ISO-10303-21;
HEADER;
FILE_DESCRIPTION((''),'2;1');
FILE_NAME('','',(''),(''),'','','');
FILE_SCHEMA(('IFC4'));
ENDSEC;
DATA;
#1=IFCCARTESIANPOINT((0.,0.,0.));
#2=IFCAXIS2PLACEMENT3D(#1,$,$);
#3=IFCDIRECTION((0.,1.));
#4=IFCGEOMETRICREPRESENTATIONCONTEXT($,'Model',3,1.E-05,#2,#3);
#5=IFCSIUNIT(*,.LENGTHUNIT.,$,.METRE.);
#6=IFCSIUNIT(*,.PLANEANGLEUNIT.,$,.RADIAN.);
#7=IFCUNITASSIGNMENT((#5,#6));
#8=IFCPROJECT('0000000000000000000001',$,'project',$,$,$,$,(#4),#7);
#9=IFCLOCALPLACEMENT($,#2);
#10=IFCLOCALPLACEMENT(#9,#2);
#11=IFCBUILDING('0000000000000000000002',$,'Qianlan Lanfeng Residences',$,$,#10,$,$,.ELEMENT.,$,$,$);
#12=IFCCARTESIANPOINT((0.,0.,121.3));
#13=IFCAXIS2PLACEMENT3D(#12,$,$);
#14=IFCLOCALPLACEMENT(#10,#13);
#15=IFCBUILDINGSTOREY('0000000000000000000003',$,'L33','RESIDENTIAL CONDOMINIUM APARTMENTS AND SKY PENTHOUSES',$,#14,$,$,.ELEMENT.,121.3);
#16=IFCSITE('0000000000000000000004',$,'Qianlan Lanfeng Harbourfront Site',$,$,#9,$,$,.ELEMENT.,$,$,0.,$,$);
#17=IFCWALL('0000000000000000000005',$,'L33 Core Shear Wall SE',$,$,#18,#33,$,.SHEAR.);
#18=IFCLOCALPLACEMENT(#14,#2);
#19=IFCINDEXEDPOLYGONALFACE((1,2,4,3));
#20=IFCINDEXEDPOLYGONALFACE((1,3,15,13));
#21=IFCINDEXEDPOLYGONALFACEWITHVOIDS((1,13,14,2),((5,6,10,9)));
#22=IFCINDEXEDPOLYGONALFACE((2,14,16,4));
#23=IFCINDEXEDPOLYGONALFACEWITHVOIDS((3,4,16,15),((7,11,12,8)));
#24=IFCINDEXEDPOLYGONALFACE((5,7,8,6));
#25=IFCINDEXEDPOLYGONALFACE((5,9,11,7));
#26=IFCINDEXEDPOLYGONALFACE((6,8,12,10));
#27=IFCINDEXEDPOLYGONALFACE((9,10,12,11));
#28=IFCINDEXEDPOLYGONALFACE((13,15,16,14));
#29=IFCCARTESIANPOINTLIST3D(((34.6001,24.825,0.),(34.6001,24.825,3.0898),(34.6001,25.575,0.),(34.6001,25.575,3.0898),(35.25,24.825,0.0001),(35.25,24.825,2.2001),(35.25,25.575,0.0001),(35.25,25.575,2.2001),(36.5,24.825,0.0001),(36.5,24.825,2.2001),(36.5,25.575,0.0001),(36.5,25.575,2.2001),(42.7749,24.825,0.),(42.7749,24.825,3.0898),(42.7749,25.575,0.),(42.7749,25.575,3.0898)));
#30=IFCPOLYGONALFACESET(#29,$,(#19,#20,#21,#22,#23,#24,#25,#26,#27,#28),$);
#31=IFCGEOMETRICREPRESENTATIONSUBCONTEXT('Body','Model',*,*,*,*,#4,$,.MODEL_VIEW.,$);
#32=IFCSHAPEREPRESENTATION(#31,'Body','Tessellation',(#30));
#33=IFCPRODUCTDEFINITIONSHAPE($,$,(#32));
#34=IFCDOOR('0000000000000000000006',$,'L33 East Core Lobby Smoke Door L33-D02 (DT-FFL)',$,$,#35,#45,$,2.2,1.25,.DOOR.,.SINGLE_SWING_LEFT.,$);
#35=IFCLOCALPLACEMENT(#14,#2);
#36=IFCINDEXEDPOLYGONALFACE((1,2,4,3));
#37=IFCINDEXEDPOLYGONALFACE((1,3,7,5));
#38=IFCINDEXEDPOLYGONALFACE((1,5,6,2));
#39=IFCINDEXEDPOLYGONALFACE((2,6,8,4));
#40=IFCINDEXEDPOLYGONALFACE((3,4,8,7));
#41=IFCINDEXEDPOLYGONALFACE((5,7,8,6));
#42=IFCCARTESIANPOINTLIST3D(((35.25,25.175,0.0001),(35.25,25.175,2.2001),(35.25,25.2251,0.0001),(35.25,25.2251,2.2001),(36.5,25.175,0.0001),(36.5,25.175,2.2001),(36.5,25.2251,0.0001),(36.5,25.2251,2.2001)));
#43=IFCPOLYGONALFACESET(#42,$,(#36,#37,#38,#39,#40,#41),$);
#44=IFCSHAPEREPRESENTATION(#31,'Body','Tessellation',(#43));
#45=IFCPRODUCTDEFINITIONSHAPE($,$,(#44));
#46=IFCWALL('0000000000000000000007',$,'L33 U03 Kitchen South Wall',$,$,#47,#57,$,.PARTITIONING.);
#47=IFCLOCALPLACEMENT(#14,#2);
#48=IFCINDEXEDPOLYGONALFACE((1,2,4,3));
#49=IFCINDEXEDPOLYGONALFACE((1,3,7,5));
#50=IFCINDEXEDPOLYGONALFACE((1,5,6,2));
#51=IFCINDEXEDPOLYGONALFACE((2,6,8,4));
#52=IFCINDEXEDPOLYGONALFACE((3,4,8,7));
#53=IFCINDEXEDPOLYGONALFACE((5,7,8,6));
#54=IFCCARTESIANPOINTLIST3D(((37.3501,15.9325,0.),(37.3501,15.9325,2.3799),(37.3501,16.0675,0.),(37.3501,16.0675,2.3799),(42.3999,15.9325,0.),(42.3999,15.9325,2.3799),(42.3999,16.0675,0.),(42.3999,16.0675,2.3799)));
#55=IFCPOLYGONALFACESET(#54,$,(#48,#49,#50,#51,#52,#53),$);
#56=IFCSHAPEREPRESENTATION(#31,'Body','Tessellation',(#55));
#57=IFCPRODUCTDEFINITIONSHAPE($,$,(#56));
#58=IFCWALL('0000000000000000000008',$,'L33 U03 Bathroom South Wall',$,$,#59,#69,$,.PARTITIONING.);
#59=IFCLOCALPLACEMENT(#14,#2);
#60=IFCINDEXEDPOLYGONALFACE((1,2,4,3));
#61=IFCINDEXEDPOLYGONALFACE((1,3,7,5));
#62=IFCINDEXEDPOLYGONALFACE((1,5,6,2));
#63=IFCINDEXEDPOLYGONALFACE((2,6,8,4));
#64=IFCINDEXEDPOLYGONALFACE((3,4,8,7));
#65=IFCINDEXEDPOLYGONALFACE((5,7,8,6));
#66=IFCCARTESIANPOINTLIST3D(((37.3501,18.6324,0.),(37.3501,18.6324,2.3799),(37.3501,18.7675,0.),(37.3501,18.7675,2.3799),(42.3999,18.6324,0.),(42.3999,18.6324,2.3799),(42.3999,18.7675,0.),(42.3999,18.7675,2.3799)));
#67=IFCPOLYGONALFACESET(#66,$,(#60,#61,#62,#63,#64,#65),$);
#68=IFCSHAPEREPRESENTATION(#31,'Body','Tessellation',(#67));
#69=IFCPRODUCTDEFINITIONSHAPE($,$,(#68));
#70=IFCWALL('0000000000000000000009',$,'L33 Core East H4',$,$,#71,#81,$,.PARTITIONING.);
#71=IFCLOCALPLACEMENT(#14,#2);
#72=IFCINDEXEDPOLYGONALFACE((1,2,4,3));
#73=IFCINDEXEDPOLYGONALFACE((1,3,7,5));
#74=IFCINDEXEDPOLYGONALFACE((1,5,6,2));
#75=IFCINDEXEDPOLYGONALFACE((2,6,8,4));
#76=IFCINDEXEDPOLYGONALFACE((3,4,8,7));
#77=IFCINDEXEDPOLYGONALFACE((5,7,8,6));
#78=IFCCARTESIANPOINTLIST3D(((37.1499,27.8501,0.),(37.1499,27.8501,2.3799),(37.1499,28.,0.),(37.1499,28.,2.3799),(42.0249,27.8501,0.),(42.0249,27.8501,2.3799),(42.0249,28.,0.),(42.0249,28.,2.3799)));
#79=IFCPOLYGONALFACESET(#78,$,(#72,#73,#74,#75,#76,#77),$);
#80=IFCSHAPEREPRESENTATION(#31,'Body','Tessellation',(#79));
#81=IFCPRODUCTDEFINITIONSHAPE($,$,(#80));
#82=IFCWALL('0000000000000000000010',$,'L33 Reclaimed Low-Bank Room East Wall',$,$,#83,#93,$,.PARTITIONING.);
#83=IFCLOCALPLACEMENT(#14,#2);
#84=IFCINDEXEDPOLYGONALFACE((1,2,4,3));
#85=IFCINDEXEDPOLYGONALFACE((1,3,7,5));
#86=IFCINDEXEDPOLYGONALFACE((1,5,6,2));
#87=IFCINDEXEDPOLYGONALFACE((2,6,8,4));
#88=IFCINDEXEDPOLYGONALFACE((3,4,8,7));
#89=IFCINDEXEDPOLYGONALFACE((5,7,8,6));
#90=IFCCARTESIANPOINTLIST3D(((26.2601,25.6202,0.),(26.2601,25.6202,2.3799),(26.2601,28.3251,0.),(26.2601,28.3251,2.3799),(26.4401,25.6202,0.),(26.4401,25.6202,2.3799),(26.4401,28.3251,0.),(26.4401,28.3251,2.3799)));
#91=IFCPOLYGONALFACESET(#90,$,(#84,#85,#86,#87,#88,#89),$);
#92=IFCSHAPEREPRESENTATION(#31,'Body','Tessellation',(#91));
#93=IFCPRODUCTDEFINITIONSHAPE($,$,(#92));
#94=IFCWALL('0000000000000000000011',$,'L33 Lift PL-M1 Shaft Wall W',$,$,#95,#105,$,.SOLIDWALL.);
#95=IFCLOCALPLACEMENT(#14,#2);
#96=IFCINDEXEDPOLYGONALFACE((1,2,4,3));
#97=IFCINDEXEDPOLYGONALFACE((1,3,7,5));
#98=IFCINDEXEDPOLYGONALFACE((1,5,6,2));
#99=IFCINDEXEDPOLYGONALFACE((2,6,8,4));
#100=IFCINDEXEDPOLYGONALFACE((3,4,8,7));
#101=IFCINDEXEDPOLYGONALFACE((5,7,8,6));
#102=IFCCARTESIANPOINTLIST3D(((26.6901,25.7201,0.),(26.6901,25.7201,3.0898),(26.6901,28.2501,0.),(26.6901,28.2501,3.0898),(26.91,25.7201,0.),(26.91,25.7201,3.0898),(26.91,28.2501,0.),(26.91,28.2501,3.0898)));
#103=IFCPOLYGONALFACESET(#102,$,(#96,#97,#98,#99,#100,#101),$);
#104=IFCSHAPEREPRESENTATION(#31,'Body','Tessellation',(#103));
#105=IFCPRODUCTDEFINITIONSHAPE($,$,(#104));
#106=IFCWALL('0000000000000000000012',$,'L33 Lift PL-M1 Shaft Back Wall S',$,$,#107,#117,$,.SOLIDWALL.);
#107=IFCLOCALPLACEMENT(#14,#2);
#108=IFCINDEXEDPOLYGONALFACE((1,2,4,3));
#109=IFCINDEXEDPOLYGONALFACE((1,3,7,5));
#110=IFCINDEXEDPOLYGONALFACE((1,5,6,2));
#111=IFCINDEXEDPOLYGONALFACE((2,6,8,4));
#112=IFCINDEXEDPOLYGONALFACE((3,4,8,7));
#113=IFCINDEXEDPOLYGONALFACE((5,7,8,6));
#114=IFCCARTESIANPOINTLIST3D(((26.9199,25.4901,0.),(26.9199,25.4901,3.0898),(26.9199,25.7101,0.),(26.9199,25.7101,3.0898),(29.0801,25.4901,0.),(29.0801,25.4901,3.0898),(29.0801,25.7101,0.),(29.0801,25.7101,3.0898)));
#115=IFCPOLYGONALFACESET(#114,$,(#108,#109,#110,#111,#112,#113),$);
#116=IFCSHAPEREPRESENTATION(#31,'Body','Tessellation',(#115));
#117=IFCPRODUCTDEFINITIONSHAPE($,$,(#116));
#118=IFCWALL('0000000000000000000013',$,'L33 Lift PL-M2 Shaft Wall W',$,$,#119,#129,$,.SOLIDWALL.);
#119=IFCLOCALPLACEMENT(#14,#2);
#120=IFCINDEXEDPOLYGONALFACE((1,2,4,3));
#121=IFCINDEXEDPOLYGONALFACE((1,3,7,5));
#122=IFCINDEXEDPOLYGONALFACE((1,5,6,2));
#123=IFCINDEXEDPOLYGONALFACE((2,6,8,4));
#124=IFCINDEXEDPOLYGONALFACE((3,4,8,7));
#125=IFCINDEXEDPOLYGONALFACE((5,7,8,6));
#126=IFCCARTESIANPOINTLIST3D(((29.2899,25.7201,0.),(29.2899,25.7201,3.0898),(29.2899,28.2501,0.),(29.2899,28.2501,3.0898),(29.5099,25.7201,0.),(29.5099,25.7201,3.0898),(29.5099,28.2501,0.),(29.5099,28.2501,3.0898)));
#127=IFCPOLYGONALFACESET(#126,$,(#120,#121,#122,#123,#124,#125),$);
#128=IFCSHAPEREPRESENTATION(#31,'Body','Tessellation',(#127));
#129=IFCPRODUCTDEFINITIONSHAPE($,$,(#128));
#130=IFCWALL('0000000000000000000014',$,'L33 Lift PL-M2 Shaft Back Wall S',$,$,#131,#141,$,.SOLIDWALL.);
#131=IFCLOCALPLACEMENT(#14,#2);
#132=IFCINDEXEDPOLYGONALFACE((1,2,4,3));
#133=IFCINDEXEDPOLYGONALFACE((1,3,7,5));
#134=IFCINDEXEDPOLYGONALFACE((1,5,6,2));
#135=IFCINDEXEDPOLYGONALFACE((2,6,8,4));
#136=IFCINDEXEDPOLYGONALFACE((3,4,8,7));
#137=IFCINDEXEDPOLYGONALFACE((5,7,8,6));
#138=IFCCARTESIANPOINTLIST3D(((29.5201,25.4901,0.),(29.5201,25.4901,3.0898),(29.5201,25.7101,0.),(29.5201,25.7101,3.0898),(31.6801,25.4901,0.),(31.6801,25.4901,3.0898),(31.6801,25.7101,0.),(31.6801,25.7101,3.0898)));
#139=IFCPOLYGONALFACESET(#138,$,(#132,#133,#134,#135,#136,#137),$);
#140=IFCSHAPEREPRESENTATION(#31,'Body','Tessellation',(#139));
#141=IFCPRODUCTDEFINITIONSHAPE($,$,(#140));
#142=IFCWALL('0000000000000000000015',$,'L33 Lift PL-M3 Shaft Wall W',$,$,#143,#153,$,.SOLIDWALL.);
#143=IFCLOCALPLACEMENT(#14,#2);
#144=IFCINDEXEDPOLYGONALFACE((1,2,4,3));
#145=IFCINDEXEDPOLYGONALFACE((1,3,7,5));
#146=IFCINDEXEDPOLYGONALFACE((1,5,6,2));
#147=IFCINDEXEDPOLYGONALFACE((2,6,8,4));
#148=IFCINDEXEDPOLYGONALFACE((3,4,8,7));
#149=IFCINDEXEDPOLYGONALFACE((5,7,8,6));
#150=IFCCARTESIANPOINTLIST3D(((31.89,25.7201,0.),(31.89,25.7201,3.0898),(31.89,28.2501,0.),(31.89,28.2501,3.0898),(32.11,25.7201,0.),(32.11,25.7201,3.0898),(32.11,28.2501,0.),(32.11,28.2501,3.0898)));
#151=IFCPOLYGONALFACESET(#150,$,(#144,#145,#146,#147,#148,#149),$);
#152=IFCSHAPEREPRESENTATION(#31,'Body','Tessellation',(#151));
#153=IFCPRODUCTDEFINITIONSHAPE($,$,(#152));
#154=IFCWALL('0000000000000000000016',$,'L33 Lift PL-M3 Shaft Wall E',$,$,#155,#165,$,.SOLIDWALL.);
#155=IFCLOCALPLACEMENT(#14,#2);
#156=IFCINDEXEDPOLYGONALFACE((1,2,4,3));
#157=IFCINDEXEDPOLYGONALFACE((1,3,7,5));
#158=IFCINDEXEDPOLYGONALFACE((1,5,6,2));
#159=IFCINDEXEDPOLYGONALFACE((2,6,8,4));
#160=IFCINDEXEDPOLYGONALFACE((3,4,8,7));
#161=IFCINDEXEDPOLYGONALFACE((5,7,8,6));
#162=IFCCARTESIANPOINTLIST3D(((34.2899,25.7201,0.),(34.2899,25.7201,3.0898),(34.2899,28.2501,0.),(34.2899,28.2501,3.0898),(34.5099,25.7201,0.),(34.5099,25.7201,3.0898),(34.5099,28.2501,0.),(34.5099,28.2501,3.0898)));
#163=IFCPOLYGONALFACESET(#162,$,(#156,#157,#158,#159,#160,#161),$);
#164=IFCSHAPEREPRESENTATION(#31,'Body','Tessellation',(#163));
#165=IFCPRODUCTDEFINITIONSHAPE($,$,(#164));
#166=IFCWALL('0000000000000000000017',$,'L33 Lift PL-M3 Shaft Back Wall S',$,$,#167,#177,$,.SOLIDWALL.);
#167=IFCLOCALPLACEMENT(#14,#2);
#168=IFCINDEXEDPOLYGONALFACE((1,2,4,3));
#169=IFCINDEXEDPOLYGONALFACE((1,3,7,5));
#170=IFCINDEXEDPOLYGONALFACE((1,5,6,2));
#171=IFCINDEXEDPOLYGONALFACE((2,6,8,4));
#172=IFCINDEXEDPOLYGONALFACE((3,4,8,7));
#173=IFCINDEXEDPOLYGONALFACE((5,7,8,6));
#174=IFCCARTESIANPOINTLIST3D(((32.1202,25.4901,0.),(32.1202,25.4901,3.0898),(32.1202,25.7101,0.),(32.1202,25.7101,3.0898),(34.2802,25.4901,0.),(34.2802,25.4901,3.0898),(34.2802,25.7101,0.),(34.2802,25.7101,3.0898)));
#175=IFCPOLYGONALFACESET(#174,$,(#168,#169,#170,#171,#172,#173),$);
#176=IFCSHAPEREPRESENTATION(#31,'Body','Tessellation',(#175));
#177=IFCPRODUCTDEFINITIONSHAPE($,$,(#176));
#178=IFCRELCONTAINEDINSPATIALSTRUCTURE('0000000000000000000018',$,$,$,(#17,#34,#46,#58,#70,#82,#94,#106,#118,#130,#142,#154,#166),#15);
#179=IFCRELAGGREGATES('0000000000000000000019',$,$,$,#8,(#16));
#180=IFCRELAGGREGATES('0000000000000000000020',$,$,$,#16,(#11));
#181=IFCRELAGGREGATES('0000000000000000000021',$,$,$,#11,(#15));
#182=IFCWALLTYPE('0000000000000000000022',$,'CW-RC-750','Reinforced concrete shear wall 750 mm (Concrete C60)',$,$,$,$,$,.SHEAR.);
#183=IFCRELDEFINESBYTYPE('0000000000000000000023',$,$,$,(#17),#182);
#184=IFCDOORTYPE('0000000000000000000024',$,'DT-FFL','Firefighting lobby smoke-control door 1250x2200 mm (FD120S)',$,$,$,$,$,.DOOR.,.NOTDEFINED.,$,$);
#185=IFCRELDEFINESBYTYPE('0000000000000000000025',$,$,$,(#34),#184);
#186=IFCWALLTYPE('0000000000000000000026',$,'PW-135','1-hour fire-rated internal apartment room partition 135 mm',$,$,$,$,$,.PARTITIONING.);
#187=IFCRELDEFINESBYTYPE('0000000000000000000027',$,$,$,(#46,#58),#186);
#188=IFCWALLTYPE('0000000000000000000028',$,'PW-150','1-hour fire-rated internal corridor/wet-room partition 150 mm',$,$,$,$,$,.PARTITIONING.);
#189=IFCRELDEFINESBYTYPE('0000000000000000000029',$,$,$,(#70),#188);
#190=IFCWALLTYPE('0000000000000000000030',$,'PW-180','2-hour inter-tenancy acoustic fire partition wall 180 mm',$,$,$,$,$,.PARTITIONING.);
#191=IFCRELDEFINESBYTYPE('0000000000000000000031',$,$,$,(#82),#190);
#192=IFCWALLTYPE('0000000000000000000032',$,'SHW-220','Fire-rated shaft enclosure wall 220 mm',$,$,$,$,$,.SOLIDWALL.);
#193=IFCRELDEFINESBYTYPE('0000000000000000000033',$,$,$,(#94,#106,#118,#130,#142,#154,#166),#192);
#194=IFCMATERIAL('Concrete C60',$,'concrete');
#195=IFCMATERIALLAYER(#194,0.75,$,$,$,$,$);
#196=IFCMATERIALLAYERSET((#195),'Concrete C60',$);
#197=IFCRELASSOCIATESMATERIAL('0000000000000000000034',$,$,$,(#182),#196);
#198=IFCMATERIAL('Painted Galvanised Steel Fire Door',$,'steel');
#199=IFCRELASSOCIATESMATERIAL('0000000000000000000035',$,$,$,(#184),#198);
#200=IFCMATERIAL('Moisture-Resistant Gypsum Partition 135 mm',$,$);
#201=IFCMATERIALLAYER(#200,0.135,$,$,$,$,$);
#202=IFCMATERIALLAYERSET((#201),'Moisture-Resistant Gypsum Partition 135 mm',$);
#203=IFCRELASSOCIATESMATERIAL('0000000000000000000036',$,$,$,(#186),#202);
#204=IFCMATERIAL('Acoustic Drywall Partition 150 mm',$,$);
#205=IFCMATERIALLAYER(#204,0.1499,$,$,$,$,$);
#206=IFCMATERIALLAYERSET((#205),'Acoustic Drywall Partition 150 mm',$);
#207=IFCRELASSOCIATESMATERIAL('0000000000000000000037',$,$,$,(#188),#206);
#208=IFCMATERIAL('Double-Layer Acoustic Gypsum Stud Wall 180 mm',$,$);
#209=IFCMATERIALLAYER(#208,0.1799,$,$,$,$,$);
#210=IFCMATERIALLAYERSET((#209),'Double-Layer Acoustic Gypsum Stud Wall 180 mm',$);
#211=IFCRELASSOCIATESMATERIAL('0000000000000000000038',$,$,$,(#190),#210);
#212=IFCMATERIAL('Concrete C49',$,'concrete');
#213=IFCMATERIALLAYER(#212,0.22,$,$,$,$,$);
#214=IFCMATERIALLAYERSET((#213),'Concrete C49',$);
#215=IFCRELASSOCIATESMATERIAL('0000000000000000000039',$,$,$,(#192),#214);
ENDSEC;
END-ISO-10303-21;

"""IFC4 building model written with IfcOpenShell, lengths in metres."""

from ifc_helpers import new_model, si_unit, direction, frame, frame_2d, origin, place, context, subcontext, project, spatial, rectangle, extrude, material, layer, layer_set, type_object, element, fill, save


model = new_model("IFC4")

# Units and contexts
model_context = context("Model", 3, precision=1e-05, world=origin(), true_north=direction((0.0, 1.0)))
body_context = subcontext(model_context, "Body", "Model", "MODEL_VIEW")
ifc_project = project(units=[si_unit("LENGTHUNIT", "METRE"), si_unit("PLANEANGLEUNIT", "RADIAN")], contexts=[model_context])

# Site, building, storey
site_placement = place(None, origin())
site = spatial("IfcSite", under=ifc_project, at=site_placement, Name="Qianlan Lanfeng Harbourfront Site", CompositionType="ELEMENT", RefElevation=0.0)
building_placement = place(site_placement, origin())
building = spatial("IfcBuilding", under=site, at=building_placement, Name="Qianlan Lanfeng Residences", CompositionType="ELEMENT")
storey_placement = place(building_placement, frame((0.0, 0.0, 121.3)))
storey = spatial("IfcBuildingStorey", under=building, at=storey_placement, Name="L33", Description="RESIDENTIAL CONDOMINIUM APARTMENTS AND SKY PENTHOUSES", CompositionType="ELEMENT", Elevation=121.3)

# Wall, opening, door
ifc_material_1 = material(Name="Concrete C60", Category="concrete")
ifc_layer_1 = layer(ifc_material_1, 0.75)
ifc_layer_set_1 = layer_set([ifc_layer_1], Name="Concrete C60")
wall_type_1 = type_object("IfcWallType", Name="CW-RC-750", Description="Reinforced concrete shear wall 750 mm (Concrete C60)", PredefinedType="SHEAR", material=ifc_layer_set_1)
wall_1_placement = place(storey_placement, frame((34.6001, 25.2, 0.0), z_axis=(0.0, 0.0, 1.0), x_axis=(1.0, 0.0, 0.0)))
wall_1 = element("IfcWall", 1, at=wall_1_placement, inside=storey, type_object=wall_type_1, Name="L33 Core Shear Wall SE", PredefinedType="SHEAR", context=body_context, shape_type="SweptSolid", body=[
    extrude(rectangle(XDim=8.1748, YDim=0.75, at=frame_2d((4.0874, 0.0))), origin(), (0.0, 0.0, 1.0), 3.0898),
])
opening_1_placement = place(wall_1_placement, frame((0.6499, 0.0, 0.0)))
opening_1 = element("IfcOpeningElement", 2, at=opening_1_placement, cuts=wall_1, PredefinedType="OPENING", context=body_context, shape_type="SweptSolid", body=[
    extrude(rectangle(XDim=1.25, YDim=2.2, at=frame_2d((0.625, 1.1001))), frame((0.0, 0.385, 0.0), z_axis=(0.0, -1.0, 0.0), x_axis=(1.0, 0.0, 0.0)), (0.0, 0.0, 1.0), 0.77),
])
ifc_material_2 = material(Name="Painted Galvanised Steel Fire Door", Category="steel")
door_type_1 = type_object("IfcDoorType", Name="DT-FFL", Description="Firefighting lobby smoke-control door 1250x2200 mm (FD120S)", OperationType="NOTDEFINED", PredefinedType="DOOR", material=ifc_material_2)
door_1_placement = place(opening_1_placement, frame((1.25, 0.0, 0.0), z_axis=(0.0, 0.0, 1.0), x_axis=(-1.0, 0.0, 0.0)))
door_1 = element("IfcDoor", 3, at=door_1_placement, inside=storey, type_object=door_type_1, Name="L33 East Core Lobby Smoke Door L33-D02 (DT-FFL)", OperationType="SINGLE_SWING_LEFT", OverallHeight=2.2, OverallWidth=1.25, PredefinedType="DOOR", context=body_context, shape_type="SweptSolid", body=[
    extrude(rectangle(XDim=1.25, YDim=2.2, at=frame_2d((0.625, 1.1001))), frame((0.0, 0.0249, 0.0), z_axis=(0.0, -1.0, 0.0), x_axis=(1.0, 0.0, 0.0)), (0.0, 0.0, 1.0), 0.05),
])
fill(opening_1, door_1)

# Walls
ifc_material_3 = material(Name="Moisture-Resistant Gypsum Partition 135 mm")
ifc_layer_2 = layer(ifc_material_3, 0.135)
ifc_layer_set_2 = layer_set([ifc_layer_2], Name="Moisture-Resistant Gypsum Partition 135 mm")
wall_type_2 = type_object("IfcWallType", Name="PW-135", Description="1-hour fire-rated internal apartment room partition 135 mm", PredefinedType="PARTITIONING", material=ifc_layer_set_2)
for number, where, z_axis, x_axis, name in (
    (4, (37.3501, 16.0, 0.0), (0.0, 0.0, 1.0), (1.0, 0.0, 0.0), "L33 U03 Kitchen South Wall"),
    (5, (37.3501, 18.7, 0.0), (0.0, 0.0, 1.0), (1.0, 0.0, 0.0), "L33 U03 Bathroom South Wall"),
):
    element("IfcWall", number, at=place(storey_placement, frame(where, z_axis=z_axis, x_axis=x_axis)), inside=storey, type_object=wall_type_2, Name=name, PredefinedType="PARTITIONING", context=body_context, shape_type="SweptSolid", body=[
        extrude(rectangle(XDim=5.0498, YDim=0.135, at=frame_2d((2.5249, 0.0))), origin(), (0.0, 0.0, 1.0), 2.3799),
    ])
ifc_material_4 = material(Name="Acoustic Drywall Partition 150 mm")
ifc_layer_3 = layer(ifc_material_4, 0.1499)
ifc_layer_set_3 = layer_set([ifc_layer_3], Name="Acoustic Drywall Partition 150 mm")
wall_type_3 = type_object("IfcWallType", Name="PW-150", Description="1-hour fire-rated internal corridor/wet-room partition 150 mm", PredefinedType="PARTITIONING", material=ifc_layer_set_3)
wall_2_placement = place(storey_placement, frame((37.1499, 27.925, 0.0), z_axis=(0.0, 0.0, 1.0), x_axis=(1.0, 0.0, 0.0)))
element("IfcWall", 6, at=wall_2_placement, inside=storey, type_object=wall_type_3, Name="L33 Core East H4", PredefinedType="PARTITIONING", context=body_context, shape_type="SweptSolid", body=[
    extrude(rectangle(XDim=4.875, YDim=0.1499, at=frame_2d((2.4375, 0.0))), origin(), (0.0, 0.0, 1.0), 2.3799),
])

# Shared definitions
ifc_material_5 = material(Name="Double-Layer Acoustic Gypsum Stud Wall 180 mm")
ifc_layer_4 = layer(ifc_material_5, 0.1799)
ifc_layer_set_4 = layer_set([ifc_layer_4], Name="Double-Layer Acoustic Gypsum Stud Wall 180 mm")
wall_type_4 = type_object("IfcWallType", Name="PW-180", Description="2-hour inter-tenancy acoustic fire partition wall 180 mm", PredefinedType="PARTITIONING", material=ifc_layer_set_4)

# Walls
wall_3_placement = place(storey_placement, frame((26.3501, 25.6201, 0.0), z_axis=(0.0, 0.0, 1.0), x_axis=(0.0, 1.0, 0.0)))
element("IfcWall", 7, at=wall_3_placement, inside=storey, type_object=wall_type_4, Name="L33 Reclaimed Low-Bank Room East Wall", PredefinedType="PARTITIONING", context=body_context, shape_type="SweptSolid", body=[
    extrude(rectangle(XDim=2.7048, YDim=0.1799, at=frame_2d((1.3525, 0.0))), origin(), (0.0, 0.0, 1.0), 2.3799),
])
ifc_material_6 = material(Name="Concrete C49", Category="concrete")
ifc_layer_5 = layer(ifc_material_6, 0.22)
ifc_layer_set_5 = layer_set([ifc_layer_5], Name="Concrete C49")
wall_type_5 = type_object("IfcWallType", Name="SHW-220", Description="Fire-rated shaft enclosure wall 220 mm", PredefinedType="SOLIDWALL", material=ifc_layer_set_5)
wall_4_placement = place(storey_placement, frame((26.8, 25.72, 0.0), z_axis=(0.0, 0.0, 1.0), x_axis=(0.0, 1.0, 0.0)))
element("IfcWall", 8, at=wall_4_placement, inside=storey, type_object=wall_type_5, Name="L33 Lift PL-M1 Shaft Wall W", PredefinedType="SOLIDWALL", context=body_context, shape_type="SweptSolid", body=[
    extrude(rectangle(XDim=2.53, YDim=0.22, at=frame_2d((1.2651, 0.0))), origin(), (0.0, 0.0, 1.0), 3.0898),
])
wall_5_placement = place(storey_placement, frame((26.9199, 25.6001, 0.0), z_axis=(0.0, 0.0, 1.0), x_axis=(1.0, 0.0, 0.0)))
element("IfcWall", 9, at=wall_5_placement, inside=storey, type_object=wall_type_5, Name="L33 Lift PL-M1 Shaft Back Wall S", PredefinedType="SOLIDWALL", context=body_context, shape_type="SweptSolid", body=[
    extrude(rectangle(XDim=2.1602, YDim=0.22, at=frame_2d((1.0801, 0.0))), origin(), (0.0, 0.0, 1.0), 3.0898),
])
wall_6_placement = place(storey_placement, frame((29.3999, 25.72, 0.0), z_axis=(0.0, 0.0, 1.0), x_axis=(0.0, 1.0, 0.0)))
element("IfcWall", 10, at=wall_6_placement, inside=storey, type_object=wall_type_5, Name="L33 Lift PL-M2 Shaft Wall W", PredefinedType="SOLIDWALL", context=body_context, shape_type="SweptSolid", body=[
    extrude(rectangle(XDim=2.53, YDim=0.22, at=frame_2d((1.2651, 0.0))), origin(), (0.0, 0.0, 1.0), 3.0898),
])
wall_7_placement = place(storey_placement, frame((29.52, 25.6001, 0.0), z_axis=(0.0, 0.0, 1.0), x_axis=(1.0, 0.0, 0.0)))
element("IfcWall", 11, at=wall_7_placement, inside=storey, type_object=wall_type_5, Name="L33 Lift PL-M2 Shaft Back Wall S", PredefinedType="SOLIDWALL", context=body_context, shape_type="SweptSolid", body=[
    extrude(rectangle(XDim=2.1599, YDim=0.22, at=frame_2d((1.0801, 0.0))), origin(), (0.0, 0.0, 1.0), 3.0898),
])
for number, where, z_axis, x_axis, name in (
    (12, (32.0, 25.72, 0.0), (0.0, 0.0, 1.0), (0.0, 1.0, 0.0), "L33 Lift PL-M3 Shaft Wall W"),
    (13, (34.3999, 25.72, 0.0), (0.0, 0.0, 1.0), (0.0, 1.0, 0.0), "L33 Lift PL-M3 Shaft Wall E"),
):
    element("IfcWall", number, at=place(storey_placement, frame(where, z_axis=z_axis, x_axis=x_axis)), inside=storey, type_object=wall_type_5, Name=name, PredefinedType="SOLIDWALL", context=body_context, shape_type="SweptSolid", body=[
        extrude(rectangle(XDim=2.53, YDim=0.22, at=frame_2d((1.2651, 0.0))), origin(), (0.0, 0.0, 1.0), 3.0898),
    ])
wall_8_placement = place(storey_placement, frame((32.1201, 25.6001, 0.0), z_axis=(0.0, 0.0, 1.0), x_axis=(1.0, 0.0, 0.0)))
element("IfcWall", 14, at=wall_8_placement, inside=storey, type_object=wall_type_5, Name="L33 Lift PL-M3 Shaft Back Wall S", PredefinedType="SOLIDWALL", context=body_context, shape_type="SweptSolid", body=[
    extrude(rectangle(XDim=2.1599, YDim=0.22, at=frame_2d((1.0801, 0.0))), origin(), (0.0, 0.0, 1.0), 3.0898),
])

save(model, "model.ifc")
